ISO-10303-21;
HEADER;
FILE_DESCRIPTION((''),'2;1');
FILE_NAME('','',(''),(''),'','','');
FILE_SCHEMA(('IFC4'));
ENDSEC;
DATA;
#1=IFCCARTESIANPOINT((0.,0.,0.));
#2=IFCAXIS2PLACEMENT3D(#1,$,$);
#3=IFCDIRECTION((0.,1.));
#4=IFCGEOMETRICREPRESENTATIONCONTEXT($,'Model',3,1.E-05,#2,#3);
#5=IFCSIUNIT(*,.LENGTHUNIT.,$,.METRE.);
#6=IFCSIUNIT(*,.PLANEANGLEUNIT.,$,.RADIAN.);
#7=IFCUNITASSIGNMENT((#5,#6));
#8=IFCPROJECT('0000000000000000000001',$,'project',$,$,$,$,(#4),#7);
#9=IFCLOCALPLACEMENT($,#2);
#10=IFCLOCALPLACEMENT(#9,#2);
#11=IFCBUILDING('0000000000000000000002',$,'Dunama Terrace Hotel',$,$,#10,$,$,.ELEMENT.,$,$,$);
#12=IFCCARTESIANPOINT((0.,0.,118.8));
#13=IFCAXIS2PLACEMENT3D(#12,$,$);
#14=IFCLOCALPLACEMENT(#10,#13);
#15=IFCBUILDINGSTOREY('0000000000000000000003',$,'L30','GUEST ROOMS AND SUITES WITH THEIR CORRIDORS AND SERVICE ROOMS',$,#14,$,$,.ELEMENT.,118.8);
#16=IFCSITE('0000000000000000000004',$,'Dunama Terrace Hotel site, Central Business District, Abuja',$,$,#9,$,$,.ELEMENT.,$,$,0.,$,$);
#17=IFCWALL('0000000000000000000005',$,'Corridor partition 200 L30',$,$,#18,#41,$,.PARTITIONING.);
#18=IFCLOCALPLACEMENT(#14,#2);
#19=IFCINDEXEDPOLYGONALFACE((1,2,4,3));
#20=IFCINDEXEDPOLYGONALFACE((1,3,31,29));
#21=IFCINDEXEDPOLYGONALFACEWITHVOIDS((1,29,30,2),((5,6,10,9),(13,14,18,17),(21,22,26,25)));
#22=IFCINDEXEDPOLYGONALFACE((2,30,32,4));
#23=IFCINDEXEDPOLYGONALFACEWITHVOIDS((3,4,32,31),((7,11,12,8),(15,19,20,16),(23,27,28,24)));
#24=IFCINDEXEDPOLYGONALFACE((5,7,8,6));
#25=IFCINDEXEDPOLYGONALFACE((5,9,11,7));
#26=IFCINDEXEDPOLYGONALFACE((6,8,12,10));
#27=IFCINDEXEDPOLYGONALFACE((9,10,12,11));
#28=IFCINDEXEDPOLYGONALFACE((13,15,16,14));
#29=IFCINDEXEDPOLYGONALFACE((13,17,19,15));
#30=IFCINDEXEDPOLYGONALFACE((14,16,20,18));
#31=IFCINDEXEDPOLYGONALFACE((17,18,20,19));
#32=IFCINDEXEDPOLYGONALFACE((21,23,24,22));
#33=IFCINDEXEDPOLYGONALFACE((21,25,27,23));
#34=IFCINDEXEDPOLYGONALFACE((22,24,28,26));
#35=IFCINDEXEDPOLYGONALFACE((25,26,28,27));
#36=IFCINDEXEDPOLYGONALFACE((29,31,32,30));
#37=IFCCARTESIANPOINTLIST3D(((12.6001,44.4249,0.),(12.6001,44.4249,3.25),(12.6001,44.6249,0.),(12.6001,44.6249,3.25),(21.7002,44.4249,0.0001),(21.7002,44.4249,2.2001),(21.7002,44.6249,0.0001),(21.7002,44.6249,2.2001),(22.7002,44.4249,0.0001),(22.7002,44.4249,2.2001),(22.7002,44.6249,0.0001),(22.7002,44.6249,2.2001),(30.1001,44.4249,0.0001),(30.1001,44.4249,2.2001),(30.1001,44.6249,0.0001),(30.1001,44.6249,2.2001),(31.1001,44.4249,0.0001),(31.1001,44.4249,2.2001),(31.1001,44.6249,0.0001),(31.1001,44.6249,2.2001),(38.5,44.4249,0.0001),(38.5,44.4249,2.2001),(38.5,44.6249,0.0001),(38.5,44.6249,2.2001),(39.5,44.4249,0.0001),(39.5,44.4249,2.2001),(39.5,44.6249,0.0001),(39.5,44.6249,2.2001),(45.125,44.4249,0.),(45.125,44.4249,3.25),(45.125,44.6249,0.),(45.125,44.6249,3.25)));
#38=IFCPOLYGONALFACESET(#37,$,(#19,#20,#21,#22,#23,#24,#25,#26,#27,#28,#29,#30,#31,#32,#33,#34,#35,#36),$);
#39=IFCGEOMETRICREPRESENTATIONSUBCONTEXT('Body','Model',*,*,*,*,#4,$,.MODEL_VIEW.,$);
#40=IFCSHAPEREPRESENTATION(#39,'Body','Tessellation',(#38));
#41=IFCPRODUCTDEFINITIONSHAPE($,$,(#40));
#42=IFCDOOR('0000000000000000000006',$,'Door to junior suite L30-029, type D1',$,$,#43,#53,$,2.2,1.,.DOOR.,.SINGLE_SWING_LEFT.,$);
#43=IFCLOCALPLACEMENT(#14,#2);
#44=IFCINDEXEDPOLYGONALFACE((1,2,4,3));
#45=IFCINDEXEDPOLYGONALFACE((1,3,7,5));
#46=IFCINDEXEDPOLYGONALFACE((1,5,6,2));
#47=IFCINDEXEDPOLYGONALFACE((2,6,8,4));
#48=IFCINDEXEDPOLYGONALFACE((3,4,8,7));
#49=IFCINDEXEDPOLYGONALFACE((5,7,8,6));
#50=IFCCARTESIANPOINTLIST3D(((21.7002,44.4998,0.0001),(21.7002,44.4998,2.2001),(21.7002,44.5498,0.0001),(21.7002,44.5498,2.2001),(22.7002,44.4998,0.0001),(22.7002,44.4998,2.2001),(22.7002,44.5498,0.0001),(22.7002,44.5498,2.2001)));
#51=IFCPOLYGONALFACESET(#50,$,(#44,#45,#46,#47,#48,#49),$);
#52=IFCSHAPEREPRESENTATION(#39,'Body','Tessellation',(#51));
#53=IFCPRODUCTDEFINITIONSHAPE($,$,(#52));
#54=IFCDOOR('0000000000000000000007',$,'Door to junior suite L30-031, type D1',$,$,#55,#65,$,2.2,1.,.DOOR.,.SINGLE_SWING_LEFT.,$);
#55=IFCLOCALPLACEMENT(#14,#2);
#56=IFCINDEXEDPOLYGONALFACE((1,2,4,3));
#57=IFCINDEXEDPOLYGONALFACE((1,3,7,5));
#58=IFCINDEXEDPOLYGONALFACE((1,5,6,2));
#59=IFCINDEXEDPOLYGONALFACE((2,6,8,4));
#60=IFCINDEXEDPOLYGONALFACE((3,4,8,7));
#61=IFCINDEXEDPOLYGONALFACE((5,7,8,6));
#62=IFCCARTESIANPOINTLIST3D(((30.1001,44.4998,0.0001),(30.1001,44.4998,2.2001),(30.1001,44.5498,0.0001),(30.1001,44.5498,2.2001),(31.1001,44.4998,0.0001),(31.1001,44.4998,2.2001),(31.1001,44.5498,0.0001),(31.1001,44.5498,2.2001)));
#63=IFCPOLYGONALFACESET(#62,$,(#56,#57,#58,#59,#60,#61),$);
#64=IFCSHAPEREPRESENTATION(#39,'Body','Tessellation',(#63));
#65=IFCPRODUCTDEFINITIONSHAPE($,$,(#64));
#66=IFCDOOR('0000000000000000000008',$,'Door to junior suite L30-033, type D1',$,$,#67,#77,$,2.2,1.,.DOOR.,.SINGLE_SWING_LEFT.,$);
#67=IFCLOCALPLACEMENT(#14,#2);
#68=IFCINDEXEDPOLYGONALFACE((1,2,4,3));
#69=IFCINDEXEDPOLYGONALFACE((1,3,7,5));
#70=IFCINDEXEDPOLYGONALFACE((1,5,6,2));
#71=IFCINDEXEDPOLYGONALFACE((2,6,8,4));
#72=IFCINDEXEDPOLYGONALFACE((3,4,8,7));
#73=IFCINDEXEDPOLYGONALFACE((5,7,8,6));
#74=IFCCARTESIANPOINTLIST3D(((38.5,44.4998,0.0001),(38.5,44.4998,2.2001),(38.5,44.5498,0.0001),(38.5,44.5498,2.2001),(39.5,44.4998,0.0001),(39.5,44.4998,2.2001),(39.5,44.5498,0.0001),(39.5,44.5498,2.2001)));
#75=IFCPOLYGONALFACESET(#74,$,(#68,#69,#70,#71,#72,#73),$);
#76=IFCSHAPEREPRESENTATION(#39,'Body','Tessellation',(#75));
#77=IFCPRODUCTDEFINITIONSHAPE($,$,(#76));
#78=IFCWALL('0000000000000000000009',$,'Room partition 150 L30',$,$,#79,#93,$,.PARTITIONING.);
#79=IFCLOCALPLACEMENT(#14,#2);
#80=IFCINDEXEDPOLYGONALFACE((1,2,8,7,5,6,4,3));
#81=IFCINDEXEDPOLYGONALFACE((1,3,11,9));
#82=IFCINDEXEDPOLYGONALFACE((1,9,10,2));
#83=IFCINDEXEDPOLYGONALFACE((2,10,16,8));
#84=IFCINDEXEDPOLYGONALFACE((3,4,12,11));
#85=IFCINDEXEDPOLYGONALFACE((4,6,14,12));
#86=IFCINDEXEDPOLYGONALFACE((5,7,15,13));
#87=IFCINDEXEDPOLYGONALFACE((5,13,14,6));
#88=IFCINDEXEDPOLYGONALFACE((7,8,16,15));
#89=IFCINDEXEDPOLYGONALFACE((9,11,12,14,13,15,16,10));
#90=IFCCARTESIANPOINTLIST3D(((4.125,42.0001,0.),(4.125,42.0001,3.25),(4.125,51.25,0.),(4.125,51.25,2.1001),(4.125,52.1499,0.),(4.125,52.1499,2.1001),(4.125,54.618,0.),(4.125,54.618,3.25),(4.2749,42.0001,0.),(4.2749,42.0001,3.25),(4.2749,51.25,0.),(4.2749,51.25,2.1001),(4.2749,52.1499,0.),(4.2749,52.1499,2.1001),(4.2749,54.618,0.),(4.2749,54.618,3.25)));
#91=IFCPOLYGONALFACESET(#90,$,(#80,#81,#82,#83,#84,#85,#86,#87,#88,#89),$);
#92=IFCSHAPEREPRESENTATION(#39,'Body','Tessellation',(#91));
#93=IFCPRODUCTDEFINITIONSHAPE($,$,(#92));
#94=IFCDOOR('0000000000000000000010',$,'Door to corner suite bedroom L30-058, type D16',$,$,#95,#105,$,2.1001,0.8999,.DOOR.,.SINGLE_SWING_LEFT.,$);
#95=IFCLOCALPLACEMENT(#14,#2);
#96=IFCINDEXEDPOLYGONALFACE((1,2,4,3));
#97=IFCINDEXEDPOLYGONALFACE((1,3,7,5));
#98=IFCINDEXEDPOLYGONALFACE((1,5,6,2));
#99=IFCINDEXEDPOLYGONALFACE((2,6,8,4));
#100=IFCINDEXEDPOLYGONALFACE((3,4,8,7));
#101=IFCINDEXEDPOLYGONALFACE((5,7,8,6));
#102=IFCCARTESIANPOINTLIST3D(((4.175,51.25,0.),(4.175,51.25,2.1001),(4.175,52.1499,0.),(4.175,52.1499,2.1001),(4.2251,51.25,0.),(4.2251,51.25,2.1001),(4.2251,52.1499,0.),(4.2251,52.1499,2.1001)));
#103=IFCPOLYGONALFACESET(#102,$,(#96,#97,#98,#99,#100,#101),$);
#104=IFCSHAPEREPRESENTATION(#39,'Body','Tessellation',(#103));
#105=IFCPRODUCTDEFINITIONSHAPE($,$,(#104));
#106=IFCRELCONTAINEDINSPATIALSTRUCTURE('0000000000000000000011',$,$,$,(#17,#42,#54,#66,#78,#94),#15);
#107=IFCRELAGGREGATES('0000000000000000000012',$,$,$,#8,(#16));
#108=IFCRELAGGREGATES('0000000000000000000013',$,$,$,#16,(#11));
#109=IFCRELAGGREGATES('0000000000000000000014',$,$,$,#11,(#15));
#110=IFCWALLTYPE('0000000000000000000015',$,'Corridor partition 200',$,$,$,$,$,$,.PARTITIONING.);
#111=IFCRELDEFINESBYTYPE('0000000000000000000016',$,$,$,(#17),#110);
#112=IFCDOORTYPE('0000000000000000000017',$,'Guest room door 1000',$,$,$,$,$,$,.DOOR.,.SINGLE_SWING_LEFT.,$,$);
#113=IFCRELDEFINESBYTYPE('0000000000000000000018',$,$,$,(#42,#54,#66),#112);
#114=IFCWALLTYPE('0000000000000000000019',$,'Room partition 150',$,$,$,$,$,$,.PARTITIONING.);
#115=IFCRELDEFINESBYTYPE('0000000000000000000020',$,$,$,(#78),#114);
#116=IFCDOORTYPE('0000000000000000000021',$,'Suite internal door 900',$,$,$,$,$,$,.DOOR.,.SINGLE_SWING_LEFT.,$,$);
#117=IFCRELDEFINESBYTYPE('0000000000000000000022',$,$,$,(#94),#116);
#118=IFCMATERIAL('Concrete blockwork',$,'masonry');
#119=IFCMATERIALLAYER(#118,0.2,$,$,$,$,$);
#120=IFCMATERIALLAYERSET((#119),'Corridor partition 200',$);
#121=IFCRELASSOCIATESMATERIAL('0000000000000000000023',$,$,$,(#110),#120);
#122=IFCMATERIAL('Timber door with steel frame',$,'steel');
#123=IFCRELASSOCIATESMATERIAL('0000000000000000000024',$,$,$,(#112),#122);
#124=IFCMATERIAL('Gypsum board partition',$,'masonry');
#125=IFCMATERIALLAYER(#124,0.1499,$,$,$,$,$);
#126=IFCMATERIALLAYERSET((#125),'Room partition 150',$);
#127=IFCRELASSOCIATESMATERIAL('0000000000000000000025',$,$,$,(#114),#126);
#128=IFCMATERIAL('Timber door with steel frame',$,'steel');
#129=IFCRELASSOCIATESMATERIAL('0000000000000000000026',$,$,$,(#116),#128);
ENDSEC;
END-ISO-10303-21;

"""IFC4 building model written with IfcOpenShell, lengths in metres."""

from ifc_helpers import new_model, si_unit, direction, frame, frame_2d, origin, place, context, subcontext, project, spatial, rectangle, extrude, material, layer, layer_set, type_object, element, fill, save


model = new_model("IFC4")

# Units and contexts
model_context = context("Model", 3, precision=1e-05, world=origin(), true_north=direction((0.0, 1.0)))
body_context = subcontext(model_context, "Body", "Model", "MODEL_VIEW")
ifc_project = project(units=[si_unit("LENGTHUNIT", "METRE"), si_unit("PLANEANGLEUNIT", "RADIAN")], contexts=[model_context])

# Site, building, storey
site_placement = place(None, origin())
site = spatial("IfcSite", under=ifc_project, at=site_placement, Name="Dunama Terrace Hotel site, Central Business District, Abuja", CompositionType="ELEMENT", RefElevation=0.0)
building_placement = place(site_placement, origin())
building = spatial("IfcBuilding", under=site, at=building_placement, Name="Dunama Terrace Hotel", CompositionType="ELEMENT")
storey_placement = place(building_placement, frame((0.0, 0.0, 118.8)))
storey = spatial("IfcBuildingStorey", under=building, at=storey_placement, Name="L30", Description="GUEST ROOMS AND SUITES WITH THEIR CORRIDORS AND SERVICE ROOMS", CompositionType="ELEMENT", Elevation=118.8)

# Wall, openings, doors
ifc_material_1 = material(Name="Concrete blockwork", Category="masonry")
ifc_layer_1 = layer(ifc_material_1, 0.2)
ifc_layer_set_1 = layer_set([ifc_layer_1], Name="Corridor partition 200")
wall_type_1 = type_object("IfcWallType", Name="Corridor partition 200", PredefinedType="PARTITIONING", material=ifc_layer_set_1)
wall_1_placement = place(storey_placement, frame((12.6001, 44.5249, 0.0), z_axis=(0.0, 0.0, 1.0), x_axis=(1.0, 0.0, 0.0)))
wall_1 = element("IfcWall", 1, at=wall_1_placement, inside=storey, type_object=wall_type_1, Name="Corridor partition 200 L30", PredefinedType="PARTITIONING", context=body_context, shape_type="SweptSolid", body=[
    extrude(rectangle(XDim=32.5249, YDim=0.2, at=frame_2d((16.2625, 0.0))), origin(), (0.0, 0.0, 1.0), 3.25),
])
opening_1_placement = place(wall_1_placement, frame((9.1001, 0.0, 0.0)))
opening_1 = element("IfcOpeningElement", 2, at=opening_1_placement, cuts=wall_1, PredefinedType="OPENING", context=body_context, shape_type="SweptSolid", body=[
    extrude(rectangle(XDim=1.0, YDim=2.2, at=frame_2d((0.5, 1.1001))), frame((0.0, 0.1099, 0.0), z_axis=(0.0, -1.0, 0.0), x_axis=(1.0, 0.0, 0.0)), (0.0, 0.0, 1.0), 0.22),
])
opening_2_placement = place(wall_1_placement, frame((17.5, 0.0, 0.0)))
opening_2 = element("IfcOpeningElement", 3, at=opening_2_placement, cuts=wall_1, PredefinedType="OPENING", context=body_context, shape_type="SweptSolid", body=[
    extrude(rectangle(XDim=1.0, YDim=2.2, at=frame_2d((0.5, 1.1001))), frame((0.0, 0.1099, 0.0), z_axis=(0.0, -1.0, 0.0), x_axis=(1.0, 0.0, 0.0)), (0.0, 0.0, 1.0), 0.22),
])
opening_3_placement = place(wall_1_placement, frame((25.8999, 0.0, 0.0)))
opening_3 = element("IfcOpeningElement", 4, at=opening_3_placement, cuts=wall_1, PredefinedType="OPENING", context=body_context, shape_type="SweptSolid", body=[
    extrude(rectangle(XDim=1.0, YDim=2.2, at=frame_2d((0.5, 1.1001))), frame((0.0, 0.1099, 0.0), z_axis=(0.0, -1.0, 0.0), x_axis=(1.0, 0.0, 0.0)), (0.0, 0.0, 1.0), 0.22),
])
ifc_material_2 = material(Name="Timber door with steel frame", Category="steel")
door_type_1 = type_object("IfcDoorType", Name="Guest room door 1000", OperationType="SINGLE_SWING_LEFT", PredefinedType="DOOR", material=ifc_material_2)
door_1_placement = place(opening_1_placement, origin())
door_1 = element("IfcDoor", 5, at=door_1_placement, inside=storey, type_object=door_type_1, Name="Door to junior suite L30-029, type D1", OperationType="SINGLE_SWING_LEFT", OverallHeight=2.2, OverallWidth=1.0, PredefinedType="DOOR", context=body_context, shape_type="SweptSolid", body=[
    extrude(rectangle(XDim=1.0, YDim=2.2, at=frame_2d((0.5, 1.1001))), frame((0.0, 0.0249, 0.0), z_axis=(0.0, -1.0, 0.0), x_axis=(1.0, 0.0, 0.0)), (0.0, 0.0, 1.0), 0.05),
])
fill(opening_1, door_1)
door_2_placement = place(opening_2_placement, origin())
door_2 = element("IfcDoor", 6, at=door_2_placement, inside=storey, type_object=door_type_1, Name="Door to junior suite L30-031, type D1", OperationType="SINGLE_SWING_LEFT", OverallHeight=2.2, OverallWidth=1.0, PredefinedType="DOOR", context=body_context, shape_type="SweptSolid", body=[
    extrude(rectangle(XDim=1.0, YDim=2.2, at=frame_2d((0.5, 1.1001))), frame((0.0, 0.0249, 0.0), z_axis=(0.0, -1.0, 0.0), x_axis=(1.0, 0.0, 0.0)), (0.0, 0.0, 1.0), 0.05),
])
fill(opening_2, door_2)
door_3_placement = place(opening_3_placement, origin())
door_3 = element("IfcDoor", 7, at=door_3_placement, inside=storey, type_object=door_type_1, Name="Door to junior suite L30-033, type D1", OperationType="SINGLE_SWING_LEFT", OverallHeight=2.2, OverallWidth=1.0, PredefinedType="DOOR", context=body_context, shape_type="SweptSolid", body=[
    extrude(rectangle(XDim=1.0, YDim=2.2, at=frame_2d((0.5, 1.1001))), frame((0.0, 0.0249, 0.0), z_axis=(0.0, -1.0, 0.0), x_axis=(1.0, 0.0, 0.0)), (0.0, 0.0, 1.0), 0.05),
])
fill(opening_3, door_3)

# Wall, opening, door
ifc_material_3 = material(Name="Gypsum board partition", Category="masonry")
ifc_layer_2 = layer(ifc_material_3, 0.1499)
ifc_layer_set_2 = layer_set([ifc_layer_2], Name="Room partition 150")
wall_type_2 = type_object("IfcWallType", Name="Room partition 150", PredefinedType="PARTITIONING", material=ifc_layer_set_2)
wall_2_placement = place(storey_placement, frame((4.2, 42.0, 0.0), z_axis=(0.0, 0.0, 1.0), x_axis=(0.0, 1.0, 0.0)))
wall_2 = element("IfcWall", 8, at=wall_2_placement, inside=storey, type_object=wall_type_2, Name="Room partition 150 L30", PredefinedType="PARTITIONING", context=body_context, shape_type="SweptSolid", body=[
    extrude(rectangle(XDim=12.6179, YDim=0.1499, at=frame_2d((6.3091, 0.0))), origin(), (0.0, 0.0, 1.0), 3.25),
])
opening_4_placement = place(wall_2_placement, frame((9.25, 0.0, 0.0)))
opening_4 = element("IfcOpeningElement", 9, at=opening_4_placement, cuts=wall_2, PredefinedType="OPENING", context=body_context, shape_type="SweptSolid", body=[
    extrude(rectangle(XDim=0.8999, YDim=2.1001, at=frame_2d((0.45, 1.05))), frame((0.0, 0.085, 0.0), z_axis=(0.0, -1.0, 0.0), x_axis=(1.0, 0.0, 0.0)), (0.0, 0.0, 1.0), 0.1699),
])
ifc_material_4 = material(Name="Timber door with steel frame", Category="steel")
door_type_2 = type_object("IfcDoorType", Name="Suite internal door 900", OperationType="SINGLE_SWING_LEFT", PredefinedType="DOOR", material=ifc_material_4)
door_4_placement = place(opening_4_placement, origin())
door_4 = element("IfcDoor", 10, at=door_4_placement, inside=storey, type_object=door_type_2, Name="Door to corner suite bedroom L30-058, type D16", OperationType="SINGLE_SWING_LEFT", OverallHeight=2.1001, OverallWidth=0.8999, PredefinedType="DOOR", context=body_context, shape_type="SweptSolid", body=[
    extrude(rectangle(XDim=0.8999, YDim=2.1001, at=frame_2d((0.45, 1.05))), frame((0.0, 0.0249, 0.0), z_axis=(0.0, -1.0, 0.0), x_axis=(1.0, 0.0, 0.0)), (0.0, 0.0, 1.0), 0.05),
])
fill(opening_4, door_4)

save(model, "model.ifc")
